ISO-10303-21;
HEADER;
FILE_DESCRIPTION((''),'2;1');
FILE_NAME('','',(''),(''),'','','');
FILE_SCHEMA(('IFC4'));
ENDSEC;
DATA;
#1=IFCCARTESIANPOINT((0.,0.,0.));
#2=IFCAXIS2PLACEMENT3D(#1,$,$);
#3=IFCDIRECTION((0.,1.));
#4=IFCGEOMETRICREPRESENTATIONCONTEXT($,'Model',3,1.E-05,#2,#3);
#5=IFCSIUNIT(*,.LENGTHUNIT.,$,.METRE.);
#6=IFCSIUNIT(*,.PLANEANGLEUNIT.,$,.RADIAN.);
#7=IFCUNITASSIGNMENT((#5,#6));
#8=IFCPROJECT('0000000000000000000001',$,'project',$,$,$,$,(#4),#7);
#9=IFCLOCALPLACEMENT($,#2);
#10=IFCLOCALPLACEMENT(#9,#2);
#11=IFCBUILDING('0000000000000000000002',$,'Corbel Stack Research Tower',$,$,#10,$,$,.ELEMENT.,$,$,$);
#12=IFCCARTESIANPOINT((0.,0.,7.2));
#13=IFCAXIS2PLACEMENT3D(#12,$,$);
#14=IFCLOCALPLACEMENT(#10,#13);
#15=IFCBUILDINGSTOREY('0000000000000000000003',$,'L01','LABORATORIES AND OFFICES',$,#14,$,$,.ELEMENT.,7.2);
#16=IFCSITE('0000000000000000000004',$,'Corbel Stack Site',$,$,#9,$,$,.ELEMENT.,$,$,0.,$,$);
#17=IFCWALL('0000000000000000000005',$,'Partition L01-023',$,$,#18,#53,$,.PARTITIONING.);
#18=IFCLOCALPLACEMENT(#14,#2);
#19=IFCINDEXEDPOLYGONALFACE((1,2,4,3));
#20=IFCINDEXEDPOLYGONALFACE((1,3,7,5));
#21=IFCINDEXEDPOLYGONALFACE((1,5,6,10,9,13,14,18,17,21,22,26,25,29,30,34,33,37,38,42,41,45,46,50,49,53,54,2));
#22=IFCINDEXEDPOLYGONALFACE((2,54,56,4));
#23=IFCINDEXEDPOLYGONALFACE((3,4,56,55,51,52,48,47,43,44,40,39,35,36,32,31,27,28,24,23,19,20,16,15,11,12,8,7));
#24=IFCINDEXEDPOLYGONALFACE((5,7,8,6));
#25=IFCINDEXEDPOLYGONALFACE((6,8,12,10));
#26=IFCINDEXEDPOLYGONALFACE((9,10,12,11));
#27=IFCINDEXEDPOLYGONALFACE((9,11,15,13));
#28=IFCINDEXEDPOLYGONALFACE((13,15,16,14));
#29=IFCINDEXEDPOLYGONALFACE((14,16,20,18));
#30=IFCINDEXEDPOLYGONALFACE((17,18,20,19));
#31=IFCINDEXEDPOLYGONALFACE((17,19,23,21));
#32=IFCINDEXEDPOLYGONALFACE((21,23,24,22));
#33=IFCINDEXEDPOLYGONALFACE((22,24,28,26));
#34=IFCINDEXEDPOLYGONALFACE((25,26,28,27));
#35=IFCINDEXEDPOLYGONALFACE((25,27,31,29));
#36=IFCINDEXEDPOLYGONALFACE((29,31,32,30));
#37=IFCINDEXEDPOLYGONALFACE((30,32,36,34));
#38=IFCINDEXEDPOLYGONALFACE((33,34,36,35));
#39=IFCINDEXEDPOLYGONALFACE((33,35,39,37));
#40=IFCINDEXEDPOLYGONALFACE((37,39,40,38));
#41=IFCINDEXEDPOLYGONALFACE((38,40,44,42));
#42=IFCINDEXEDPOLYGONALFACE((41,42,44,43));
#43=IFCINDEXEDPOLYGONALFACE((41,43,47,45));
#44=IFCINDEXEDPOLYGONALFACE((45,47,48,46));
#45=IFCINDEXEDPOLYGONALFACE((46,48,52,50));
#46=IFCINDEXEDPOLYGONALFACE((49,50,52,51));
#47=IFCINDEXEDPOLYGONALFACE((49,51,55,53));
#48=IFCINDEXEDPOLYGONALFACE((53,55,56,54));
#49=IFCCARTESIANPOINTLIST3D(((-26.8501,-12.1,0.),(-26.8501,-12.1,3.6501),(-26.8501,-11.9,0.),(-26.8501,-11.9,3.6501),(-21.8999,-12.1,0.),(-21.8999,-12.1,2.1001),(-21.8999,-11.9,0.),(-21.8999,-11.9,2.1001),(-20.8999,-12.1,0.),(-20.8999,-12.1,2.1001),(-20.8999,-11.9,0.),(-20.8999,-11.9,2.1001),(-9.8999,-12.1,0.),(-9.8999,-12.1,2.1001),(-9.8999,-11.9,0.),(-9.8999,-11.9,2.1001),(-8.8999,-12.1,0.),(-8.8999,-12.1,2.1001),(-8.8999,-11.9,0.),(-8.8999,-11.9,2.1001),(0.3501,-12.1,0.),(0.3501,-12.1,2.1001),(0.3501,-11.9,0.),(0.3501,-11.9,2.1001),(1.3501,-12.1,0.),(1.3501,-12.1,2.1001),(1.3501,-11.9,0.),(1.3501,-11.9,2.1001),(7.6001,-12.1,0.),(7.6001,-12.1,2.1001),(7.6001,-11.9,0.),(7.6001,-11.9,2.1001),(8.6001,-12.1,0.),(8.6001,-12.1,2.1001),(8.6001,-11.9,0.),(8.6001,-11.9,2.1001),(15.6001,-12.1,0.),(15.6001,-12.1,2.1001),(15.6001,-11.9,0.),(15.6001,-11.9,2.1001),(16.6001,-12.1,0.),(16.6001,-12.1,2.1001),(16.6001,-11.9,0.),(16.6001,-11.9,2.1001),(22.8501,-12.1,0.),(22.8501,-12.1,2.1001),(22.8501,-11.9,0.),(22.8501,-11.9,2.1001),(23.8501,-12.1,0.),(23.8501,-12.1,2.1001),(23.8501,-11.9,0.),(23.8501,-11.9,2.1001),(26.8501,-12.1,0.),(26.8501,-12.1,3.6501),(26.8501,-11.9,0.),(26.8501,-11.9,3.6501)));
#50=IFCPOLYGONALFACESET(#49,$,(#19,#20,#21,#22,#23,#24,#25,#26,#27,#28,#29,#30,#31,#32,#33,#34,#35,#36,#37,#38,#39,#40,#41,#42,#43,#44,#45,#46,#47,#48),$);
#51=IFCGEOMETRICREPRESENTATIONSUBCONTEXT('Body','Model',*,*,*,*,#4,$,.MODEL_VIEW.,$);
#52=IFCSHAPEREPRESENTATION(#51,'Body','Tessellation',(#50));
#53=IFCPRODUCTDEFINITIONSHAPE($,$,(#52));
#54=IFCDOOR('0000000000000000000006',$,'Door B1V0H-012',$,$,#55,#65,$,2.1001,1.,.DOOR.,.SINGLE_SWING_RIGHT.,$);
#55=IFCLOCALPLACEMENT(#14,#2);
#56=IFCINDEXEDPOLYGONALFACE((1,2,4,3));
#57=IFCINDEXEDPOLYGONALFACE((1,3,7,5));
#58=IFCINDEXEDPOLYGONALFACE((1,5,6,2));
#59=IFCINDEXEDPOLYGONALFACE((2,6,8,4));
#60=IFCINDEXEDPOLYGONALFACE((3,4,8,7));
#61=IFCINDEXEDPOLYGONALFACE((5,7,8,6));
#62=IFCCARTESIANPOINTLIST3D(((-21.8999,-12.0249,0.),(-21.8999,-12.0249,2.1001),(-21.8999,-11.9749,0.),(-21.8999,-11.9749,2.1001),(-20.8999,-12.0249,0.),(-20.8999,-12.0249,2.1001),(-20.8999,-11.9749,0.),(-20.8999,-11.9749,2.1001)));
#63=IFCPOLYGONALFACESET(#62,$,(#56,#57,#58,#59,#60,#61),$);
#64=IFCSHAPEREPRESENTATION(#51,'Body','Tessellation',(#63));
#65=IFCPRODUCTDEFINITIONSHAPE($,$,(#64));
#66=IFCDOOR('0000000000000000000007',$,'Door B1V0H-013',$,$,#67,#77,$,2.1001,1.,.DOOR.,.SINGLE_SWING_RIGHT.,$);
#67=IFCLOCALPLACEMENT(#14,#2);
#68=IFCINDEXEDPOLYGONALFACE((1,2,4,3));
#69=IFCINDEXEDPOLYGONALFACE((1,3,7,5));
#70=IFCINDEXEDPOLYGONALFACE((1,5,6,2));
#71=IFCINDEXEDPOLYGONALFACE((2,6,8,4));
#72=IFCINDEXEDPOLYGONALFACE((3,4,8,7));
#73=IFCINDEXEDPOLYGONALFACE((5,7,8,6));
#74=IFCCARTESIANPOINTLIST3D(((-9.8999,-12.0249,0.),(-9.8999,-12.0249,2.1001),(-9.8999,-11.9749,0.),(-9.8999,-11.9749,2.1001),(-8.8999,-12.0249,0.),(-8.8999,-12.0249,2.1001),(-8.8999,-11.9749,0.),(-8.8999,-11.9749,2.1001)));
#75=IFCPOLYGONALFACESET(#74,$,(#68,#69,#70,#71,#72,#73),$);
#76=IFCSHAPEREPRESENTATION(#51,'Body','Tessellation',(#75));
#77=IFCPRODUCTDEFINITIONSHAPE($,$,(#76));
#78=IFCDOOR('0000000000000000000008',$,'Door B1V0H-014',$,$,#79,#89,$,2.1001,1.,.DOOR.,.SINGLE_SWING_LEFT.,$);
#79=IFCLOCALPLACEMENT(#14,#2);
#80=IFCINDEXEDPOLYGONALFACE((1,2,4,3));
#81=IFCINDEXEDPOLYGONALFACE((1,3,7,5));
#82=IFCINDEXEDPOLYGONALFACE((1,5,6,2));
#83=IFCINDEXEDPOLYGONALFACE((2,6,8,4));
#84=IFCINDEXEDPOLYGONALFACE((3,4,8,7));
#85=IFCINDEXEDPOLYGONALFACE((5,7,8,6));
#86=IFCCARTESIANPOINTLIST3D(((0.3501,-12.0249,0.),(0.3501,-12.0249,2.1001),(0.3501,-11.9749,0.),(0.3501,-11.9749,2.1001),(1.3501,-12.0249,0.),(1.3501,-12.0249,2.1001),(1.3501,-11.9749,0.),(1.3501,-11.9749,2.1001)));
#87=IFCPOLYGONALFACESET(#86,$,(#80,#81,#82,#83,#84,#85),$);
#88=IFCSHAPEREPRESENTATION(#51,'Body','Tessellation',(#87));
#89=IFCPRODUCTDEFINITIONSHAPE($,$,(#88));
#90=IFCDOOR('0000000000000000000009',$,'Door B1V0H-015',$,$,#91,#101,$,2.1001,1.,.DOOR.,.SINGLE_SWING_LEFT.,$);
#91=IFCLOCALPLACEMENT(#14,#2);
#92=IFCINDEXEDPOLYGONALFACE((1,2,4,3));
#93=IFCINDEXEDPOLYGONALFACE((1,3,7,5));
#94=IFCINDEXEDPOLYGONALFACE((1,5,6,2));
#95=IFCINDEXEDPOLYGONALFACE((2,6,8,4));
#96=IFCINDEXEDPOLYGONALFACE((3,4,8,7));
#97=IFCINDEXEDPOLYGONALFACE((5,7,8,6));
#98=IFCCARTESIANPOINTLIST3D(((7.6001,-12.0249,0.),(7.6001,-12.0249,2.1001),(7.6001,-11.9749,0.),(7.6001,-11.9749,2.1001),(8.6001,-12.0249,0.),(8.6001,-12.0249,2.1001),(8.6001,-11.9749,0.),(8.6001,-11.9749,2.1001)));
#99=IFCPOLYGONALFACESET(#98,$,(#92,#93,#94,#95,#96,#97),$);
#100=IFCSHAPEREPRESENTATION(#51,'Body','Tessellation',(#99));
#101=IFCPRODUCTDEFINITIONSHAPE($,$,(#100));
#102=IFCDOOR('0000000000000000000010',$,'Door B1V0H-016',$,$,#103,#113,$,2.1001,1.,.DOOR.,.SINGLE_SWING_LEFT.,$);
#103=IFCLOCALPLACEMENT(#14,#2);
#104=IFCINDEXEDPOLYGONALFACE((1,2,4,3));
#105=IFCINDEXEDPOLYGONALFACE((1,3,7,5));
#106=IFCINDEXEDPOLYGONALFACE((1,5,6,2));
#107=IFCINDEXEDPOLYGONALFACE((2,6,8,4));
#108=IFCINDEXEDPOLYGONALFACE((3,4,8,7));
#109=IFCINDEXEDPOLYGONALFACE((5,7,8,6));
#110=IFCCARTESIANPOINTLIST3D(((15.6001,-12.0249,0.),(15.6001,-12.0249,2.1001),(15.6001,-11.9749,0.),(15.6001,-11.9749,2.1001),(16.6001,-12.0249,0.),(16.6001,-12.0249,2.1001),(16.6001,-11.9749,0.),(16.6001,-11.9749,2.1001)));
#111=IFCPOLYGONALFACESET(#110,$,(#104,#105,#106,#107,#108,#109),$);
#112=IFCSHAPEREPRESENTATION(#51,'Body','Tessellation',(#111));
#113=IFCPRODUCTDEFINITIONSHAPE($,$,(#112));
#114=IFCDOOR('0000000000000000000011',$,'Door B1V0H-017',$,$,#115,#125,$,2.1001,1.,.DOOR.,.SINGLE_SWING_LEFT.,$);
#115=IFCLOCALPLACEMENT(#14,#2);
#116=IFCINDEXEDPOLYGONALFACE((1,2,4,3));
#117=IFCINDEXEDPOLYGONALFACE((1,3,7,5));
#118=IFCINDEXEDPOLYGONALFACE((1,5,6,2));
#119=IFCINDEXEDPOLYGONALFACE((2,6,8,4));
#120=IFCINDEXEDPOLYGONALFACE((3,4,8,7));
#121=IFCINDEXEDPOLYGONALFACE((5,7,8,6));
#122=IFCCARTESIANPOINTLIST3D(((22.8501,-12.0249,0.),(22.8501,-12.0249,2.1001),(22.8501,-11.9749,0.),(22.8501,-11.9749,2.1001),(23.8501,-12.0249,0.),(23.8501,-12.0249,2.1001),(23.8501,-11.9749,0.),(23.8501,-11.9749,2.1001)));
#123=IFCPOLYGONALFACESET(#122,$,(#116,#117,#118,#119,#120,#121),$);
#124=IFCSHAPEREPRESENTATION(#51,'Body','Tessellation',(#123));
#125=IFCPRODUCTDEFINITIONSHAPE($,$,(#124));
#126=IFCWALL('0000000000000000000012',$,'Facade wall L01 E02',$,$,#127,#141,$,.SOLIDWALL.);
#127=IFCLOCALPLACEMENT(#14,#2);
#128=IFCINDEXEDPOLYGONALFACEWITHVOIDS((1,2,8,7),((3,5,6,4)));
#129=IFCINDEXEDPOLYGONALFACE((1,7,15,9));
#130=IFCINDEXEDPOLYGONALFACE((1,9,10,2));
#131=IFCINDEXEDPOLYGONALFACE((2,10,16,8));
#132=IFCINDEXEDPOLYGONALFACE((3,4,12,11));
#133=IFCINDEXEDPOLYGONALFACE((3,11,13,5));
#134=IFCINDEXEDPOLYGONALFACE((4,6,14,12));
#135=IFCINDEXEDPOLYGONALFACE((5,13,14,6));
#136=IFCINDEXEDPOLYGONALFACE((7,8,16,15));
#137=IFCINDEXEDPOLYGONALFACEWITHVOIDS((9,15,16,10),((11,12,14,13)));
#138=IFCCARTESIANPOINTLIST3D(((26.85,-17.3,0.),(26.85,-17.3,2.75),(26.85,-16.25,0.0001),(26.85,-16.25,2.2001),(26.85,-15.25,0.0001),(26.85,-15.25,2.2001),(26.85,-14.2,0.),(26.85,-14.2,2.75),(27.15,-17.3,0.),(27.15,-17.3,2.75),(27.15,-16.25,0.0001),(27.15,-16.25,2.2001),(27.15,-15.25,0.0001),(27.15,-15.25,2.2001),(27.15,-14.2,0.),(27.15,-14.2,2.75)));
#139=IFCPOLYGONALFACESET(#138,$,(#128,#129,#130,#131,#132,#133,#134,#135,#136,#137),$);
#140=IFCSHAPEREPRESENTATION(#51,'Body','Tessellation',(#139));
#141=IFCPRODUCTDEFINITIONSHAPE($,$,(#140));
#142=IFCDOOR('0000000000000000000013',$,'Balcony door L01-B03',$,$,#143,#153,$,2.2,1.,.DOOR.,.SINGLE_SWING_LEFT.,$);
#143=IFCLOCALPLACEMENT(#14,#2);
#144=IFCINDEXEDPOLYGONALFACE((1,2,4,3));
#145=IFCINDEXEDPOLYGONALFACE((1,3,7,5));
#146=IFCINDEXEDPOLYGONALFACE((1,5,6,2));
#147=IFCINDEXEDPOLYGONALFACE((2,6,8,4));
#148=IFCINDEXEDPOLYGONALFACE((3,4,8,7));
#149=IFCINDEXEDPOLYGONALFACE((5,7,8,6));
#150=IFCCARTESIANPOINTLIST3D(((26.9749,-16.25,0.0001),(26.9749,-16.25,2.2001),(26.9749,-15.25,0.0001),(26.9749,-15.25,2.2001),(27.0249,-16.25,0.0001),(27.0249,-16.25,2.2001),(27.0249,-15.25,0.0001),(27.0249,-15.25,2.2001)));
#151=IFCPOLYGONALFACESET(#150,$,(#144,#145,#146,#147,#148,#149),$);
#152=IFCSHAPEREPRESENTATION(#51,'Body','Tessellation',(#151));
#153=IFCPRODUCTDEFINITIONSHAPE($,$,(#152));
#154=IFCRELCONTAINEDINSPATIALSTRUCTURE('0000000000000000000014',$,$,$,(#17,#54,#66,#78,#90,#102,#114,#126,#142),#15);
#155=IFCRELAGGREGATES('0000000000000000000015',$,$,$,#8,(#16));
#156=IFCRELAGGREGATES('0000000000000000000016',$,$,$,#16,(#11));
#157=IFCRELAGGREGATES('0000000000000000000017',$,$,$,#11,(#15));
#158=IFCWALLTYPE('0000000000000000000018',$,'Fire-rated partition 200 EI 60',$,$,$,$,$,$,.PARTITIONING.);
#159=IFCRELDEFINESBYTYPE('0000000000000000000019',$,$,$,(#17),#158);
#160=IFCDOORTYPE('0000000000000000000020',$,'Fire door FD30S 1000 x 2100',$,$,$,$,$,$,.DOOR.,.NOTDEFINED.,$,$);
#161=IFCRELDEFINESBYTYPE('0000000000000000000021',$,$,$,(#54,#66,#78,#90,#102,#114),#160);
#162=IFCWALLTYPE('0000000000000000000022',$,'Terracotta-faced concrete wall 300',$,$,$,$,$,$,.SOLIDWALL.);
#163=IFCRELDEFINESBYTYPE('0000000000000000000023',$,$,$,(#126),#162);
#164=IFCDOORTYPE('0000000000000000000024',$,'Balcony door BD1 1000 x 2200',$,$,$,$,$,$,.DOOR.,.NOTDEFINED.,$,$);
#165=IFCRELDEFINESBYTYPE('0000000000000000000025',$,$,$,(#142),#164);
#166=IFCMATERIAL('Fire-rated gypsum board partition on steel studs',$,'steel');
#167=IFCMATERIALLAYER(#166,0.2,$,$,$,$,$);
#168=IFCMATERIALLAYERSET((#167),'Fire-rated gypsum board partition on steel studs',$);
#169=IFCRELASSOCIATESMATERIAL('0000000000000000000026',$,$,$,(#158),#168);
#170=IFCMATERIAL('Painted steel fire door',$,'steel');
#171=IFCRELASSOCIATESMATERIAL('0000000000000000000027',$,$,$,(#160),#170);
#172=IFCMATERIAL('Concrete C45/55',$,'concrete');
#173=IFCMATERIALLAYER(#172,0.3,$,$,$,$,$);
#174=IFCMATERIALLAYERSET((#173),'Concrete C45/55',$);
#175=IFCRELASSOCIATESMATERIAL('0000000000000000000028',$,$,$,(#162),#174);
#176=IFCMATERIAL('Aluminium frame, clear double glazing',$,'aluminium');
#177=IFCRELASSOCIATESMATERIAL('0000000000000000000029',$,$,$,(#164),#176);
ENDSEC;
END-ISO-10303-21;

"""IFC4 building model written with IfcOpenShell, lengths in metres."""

from ifc_helpers import new_model, si_unit, direction, frame, frame_2d, origin, place, context, subcontext, project, spatial, rectangle, extrude, material, layer, layer_set, type_object, element, fill, save


model = new_model("IFC4")

# Units and contexts
model_context = context("Model", 3, precision=1e-05, world=origin(), true_north=direction((0.0, 1.0)))
body_context = subcontext(model_context, "Body", "Model", "MODEL_VIEW")
ifc_project = project(units=[si_unit("LENGTHUNIT", "METRE"), si_unit("PLANEANGLEUNIT", "RADIAN")], contexts=[model_context])

# Site, building, storey
site_placement = place(None, origin())
site = spatial("IfcSite", under=ifc_project, at=site_placement, Name="Corbel Stack Site", CompositionType="ELEMENT", RefElevation=0.0)
building_placement = place(site_placement, origin())
building = spatial("IfcBuilding", under=site, at=building_placement, Name="Corbel Stack Research Tower", CompositionType="ELEMENT")
storey_placement = place(building_placement, frame((0.0, 0.0, 7.2)))
storey = spatial("IfcBuildingStorey", under=building, at=storey_placement, Name="L01", Description="LABORATORIES AND OFFICES", CompositionType="ELEMENT", Elevation=7.2)

# Shared definitions
ifc_material_1 = material(Name="Fire-rated gypsum board partition on steel studs", Category="steel")
ifc_layer_1 = layer(ifc_material_1, 0.2)
ifc_layer_set_1 = layer_set([ifc_layer_1], Name="Fire-rated gypsum board partition on steel studs")
wall_type_1 = type_object("IfcWallType", Name="Fire-rated partition 200 EI 60", PredefinedType="PARTITIONING", material=ifc_layer_set_1)

# Wall, openings, doors
wall_1_placement = place(storey_placement, frame((26.8501, -12.0, 0.0), z_axis=(0.0, 0.0, 1.0), x_axis=(-1.0, 0.0, 0.0)))
wall_1 = element("IfcWall", 1, at=wall_1_placement, inside=storey, type_object=wall_type_1, Name="Partition L01-023", PredefinedType="PARTITIONING", context=body_context, shape_type="SweptSolid", body=[
    extrude(rectangle(XDim=53.7002, YDim=0.2, at=frame_2d((26.8501, 0.0))), origin(), (0.0, 0.0, 1.0), 3.6501),
])
opening_1_placement = place(wall_1_placement, frame((47.75, 0.0, 0.0)))
opening_1 = element("IfcOpeningElement", 2, at=opening_1_placement, cuts=wall_1, PredefinedType="OPENING", context=body_context, shape_type="SweptSolid", body=[
    extrude(rectangle(XDim=1.0, YDim=2.1001, at=frame_2d((0.5, 1.05))), frame((0.0, 0.1099, 0.0), z_axis=(0.0, -1.0, 0.0), x_axis=(1.0, 0.0, 0.0)), (0.0, 0.0, 1.0), 0.22),
])
opening_2_placement = place(wall_1_placement, frame((35.75, 0.0, 0.0)))
opening_2 = element("IfcOpeningElement", 3, at=opening_2_placement, cuts=wall_1, PredefinedType="OPENING", context=body_context, shape_type="SweptSolid", body=[
    extrude(rectangle(XDim=1.0, YDim=2.1001, at=frame_2d((0.5, 1.05))), frame((0.0, 0.1099, 0.0), z_axis=(0.0, -1.0, 0.0), x_axis=(1.0, 0.0, 0.0)), (0.0, 0.0, 1.0), 0.22),
])
opening_3_placement = place(wall_1_placement, frame((25.5, 0.0, 0.0)))
opening_3 = element("IfcOpeningElement", 4, at=opening_3_placement, cuts=wall_1, PredefinedType="OPENING", context=body_context, shape_type="SweptSolid", body=[
    extrude(rectangle(XDim=1.0, YDim=2.1001, at=frame_2d((0.5, 1.05))), frame((0.0, 0.1099, 0.0), z_axis=(0.0, -1.0, 0.0), x_axis=(1.0, 0.0, 0.0)), (0.0, 0.0, 1.0), 0.22),
])
opening_4_placement = place(wall_1_placement, frame((18.25, 0.0, 0.0)))
opening_4 = element("IfcOpeningElement", 5, at=opening_4_placement, cuts=wall_1, PredefinedType="OPENING", context=body_context, shape_type="SweptSolid", body=[
    extrude(rectangle(XDim=1.0, YDim=2.1001, at=frame_2d((0.5, 1.05))), frame((0.0, 0.1099, 0.0), z_axis=(0.0, -1.0, 0.0), x_axis=(1.0, 0.0, 0.0)), (0.0, 0.0, 1.0), 0.22),
])
opening_5_placement = place(wall_1_placement, frame((10.25, 0.0, 0.0)))
opening_5 = element("IfcOpeningElement", 6, at=opening_5_placement, cuts=wall_1, PredefinedType="OPENING", context=body_context, shape_type="SweptSolid", body=[
    extrude(rectangle(XDim=1.0, YDim=2.1001, at=frame_2d((0.5, 1.05))), frame((0.0, 0.1099, 0.0), z_axis=(0.0, -1.0, 0.0), x_axis=(1.0, 0.0, 0.0)), (0.0, 0.0, 1.0), 0.22),
])
opening_6_placement = place(wall_1_placement, frame((3.0, 0.0, 0.0)))
opening_6 = element("IfcOpeningElement", 7, at=opening_6_placement, cuts=wall_1, PredefinedType="OPENING", context=body_context, shape_type="SweptSolid", body=[
    extrude(rectangle(XDim=1.0, YDim=2.1001, at=frame_2d((0.5, 1.05))), frame((0.0, 0.1099, 0.0), z_axis=(0.0, -1.0, 0.0), x_axis=(1.0, 0.0, 0.0)), (0.0, 0.0, 1.0), 0.22),
])
ifc_material_2 = material(Name="Painted steel fire door", Category="steel")
door_type_1 = type_object("IfcDoorType", Name="Fire door FD30S 1000 x 2100", OperationType="NOTDEFINED", PredefinedType="DOOR", material=ifc_material_2)
door_1_placement = place(opening_1_placement, origin())
door_1 = element("IfcDoor", 8, at=door_1_placement, inside=storey, type_object=door_type_1, Name="Door B1V0H-012", OperationType="SINGLE_SWING_RIGHT", OverallHeight=2.1001, OverallWidth=1.0, PredefinedType="DOOR", context=body_context, shape_type="SweptSolid", body=[
    extrude(rectangle(XDim=1.0, YDim=2.1001, at=frame_2d((0.5, 1.05))), frame((0.0, 0.0249, 0.0), z_axis=(0.0, -1.0, 0.0), x_axis=(1.0, 0.0, 0.0)), (0.0, 0.0, 1.0), 0.05),
])
fill(opening_1, door_1)
door_2_placement = place(opening_2_placement, origin())
door_2 = element("IfcDoor", 9, at=door_2_placement, inside=storey, type_object=door_type_1, Name="Door B1V0H-013", OperationType="SINGLE_SWING_RIGHT", OverallHeight=2.1001, OverallWidth=1.0, PredefinedType="DOOR", context=body_context, shape_type="SweptSolid", body=[
    extrude(rectangle(XDim=1.0, YDim=2.1001, at=frame_2d((0.5, 1.05))), frame((0.0, 0.0249, 0.0), z_axis=(0.0, -1.0, 0.0), x_axis=(1.0, 0.0, 0.0)), (0.0, 0.0, 1.0), 0.05),
])
fill(opening_2, door_2)
door_3_placement = place(opening_3_placement, origin())
door_3 = element("IfcDoor", 10, at=door_3_placement, inside=storey, type_object=door_type_1, Name="Door B1V0H-014", OperationType="SINGLE_SWING_LEFT", OverallHeight=2.1001, OverallWidth=1.0, PredefinedType="DOOR", context=body_context, shape_type="SweptSolid", body=[
    extrude(rectangle(XDim=1.0, YDim=2.1001, at=frame_2d((0.5, 1.05))), frame((0.0, 0.0249, 0.0), z_axis=(0.0, -1.0, 0.0), x_axis=(1.0, 0.0, 0.0)), (0.0, 0.0, 1.0), 0.05),
])
fill(opening_3, door_3)
door_4_placement = place(opening_4_placement, origin())
door_4 = element("IfcDoor", 11, at=door_4_placement, inside=storey, type_object=door_type_1, Name="Door B1V0H-015", OperationType="SINGLE_SWING_LEFT", OverallHeight=2.1001, OverallWidth=1.0, PredefinedType="DOOR", context=body_context, shape_type="SweptSolid", body=[
    extrude(rectangle(XDim=1.0, YDim=2.1001, at=frame_2d((0.5, 1.05))), frame((0.0, 0.0249, 0.0), z_axis=(0.0, -1.0, 0.0), x_axis=(1.0, 0.0, 0.0)), (0.0, 0.0, 1.0), 0.05),
])
fill(opening_4, door_4)
door_5_placement = place(opening_5_placement, origin())
door_5 = element("IfcDoor", 12, at=door_5_placement, inside=storey, type_object=door_type_1, Name="Door B1V0H-016", OperationType="SINGLE_SWING_LEFT", OverallHeight=2.1001, OverallWidth=1.0, PredefinedType="DOOR", context=body_context, shape_type="SweptSolid", body=[
    extrude(rectangle(XDim=1.0, YDim=2.1001, at=frame_2d((0.5, 1.05))), frame((0.0, 0.0249, 0.0), z_axis=(0.0, -1.0, 0.0), x_axis=(1.0, 0.0, 0.0)), (0.0, 0.0, 1.0), 0.05),
])
fill(opening_5, door_5)
door_6_placement = place(opening_6_placement, origin())
door_6 = element("IfcDoor", 13, at=door_6_placement, inside=storey, type_object=door_type_1, Name="Door B1V0H-017", OperationType="SINGLE_SWING_LEFT", OverallHeight=2.1001, OverallWidth=1.0, PredefinedType="DOOR", context=body_context, shape_type="SweptSolid", body=[
    extrude(rectangle(XDim=1.0, YDim=2.1001, at=frame_2d((0.5, 1.05))), frame((0.0, 0.0249, 0.0), z_axis=(0.0, -1.0, 0.0), x_axis=(1.0, 0.0, 0.0)), (0.0, 0.0, 1.0), 0.05),
])
fill(opening_6, door_6)

# Wall, opening, door
ifc_material_3 = material(Name="Concrete C45/55", Category="concrete")
ifc_layer_2 = layer(ifc_material_3, 0.3)
ifc_layer_set_2 = layer_set([ifc_layer_2], Name="Concrete C45/55")
wall_type_2 = type_object("IfcWallType", Name="Terracotta-faced concrete wall 300", PredefinedType="SOLIDWALL", material=ifc_layer_set_2)
wall_2_placement = place(storey_placement, frame((27.0, -14.2, 0.0), z_axis=(0.0, 0.0, 1.0), x_axis=(0.0, -1.0, 0.0)))
wall_2 = element("IfcWall", 14, at=wall_2_placement, inside=storey, type_object=wall_type_2, Name="Facade wall L01 E02", PredefinedType="SOLIDWALL", context=body_context, shape_type="SweptSolid", body=[
    extrude(rectangle(XDim=3.1001, YDim=0.3, at=frame_2d((1.55, 0.0))), origin(), (0.0, 0.0, 1.0), 2.75),
])
opening_7_placement = place(wall_2_placement, frame((1.05, 0.0, 0.0)))
opening_7 = element("IfcOpeningElement", 15, at=opening_7_placement, cuts=wall_2, PredefinedType="OPENING", context=body_context, shape_type="SweptSolid", body=[
    extrude(rectangle(XDim=1.0, YDim=2.2, at=frame_2d((0.5, 1.1001))), frame((0.0, 0.1599, 0.0), z_axis=(0.0, -1.0, 0.0), x_axis=(1.0, 0.0, 0.0)), (0.0, 0.0, 1.0), 0.3201),
])
ifc_material_4 = material(Name="Aluminium frame, clear double glazing", Category="aluminium")
door_type_2 = type_object("IfcDoorType", Name="Balcony door BD1 1000 x 2200", OperationType="NOTDEFINED", PredefinedType="DOOR", material=ifc_material_4)
door_7_placement = place(opening_7_placement, origin())
door_7 = element("IfcDoor", 16, at=door_7_placement, inside=storey, type_object=door_type_2, Name="Balcony door L01-B03", OperationType="SINGLE_SWING_LEFT", OverallHeight=2.2, OverallWidth=1.0, PredefinedType="DOOR", context=body_context, shape_type="SweptSolid", body=[
    extrude(rectangle(XDim=1.0, YDim=2.2, at=frame_2d((0.5, 1.1001))), frame((0.0, 0.0249, 0.0), z_axis=(0.0, -1.0, 0.0), x_axis=(1.0, 0.0, 0.0)), (0.0, 0.0, 1.0), 0.05),
])
fill(opening_7, door_7)

save(model, "model.ifc")
